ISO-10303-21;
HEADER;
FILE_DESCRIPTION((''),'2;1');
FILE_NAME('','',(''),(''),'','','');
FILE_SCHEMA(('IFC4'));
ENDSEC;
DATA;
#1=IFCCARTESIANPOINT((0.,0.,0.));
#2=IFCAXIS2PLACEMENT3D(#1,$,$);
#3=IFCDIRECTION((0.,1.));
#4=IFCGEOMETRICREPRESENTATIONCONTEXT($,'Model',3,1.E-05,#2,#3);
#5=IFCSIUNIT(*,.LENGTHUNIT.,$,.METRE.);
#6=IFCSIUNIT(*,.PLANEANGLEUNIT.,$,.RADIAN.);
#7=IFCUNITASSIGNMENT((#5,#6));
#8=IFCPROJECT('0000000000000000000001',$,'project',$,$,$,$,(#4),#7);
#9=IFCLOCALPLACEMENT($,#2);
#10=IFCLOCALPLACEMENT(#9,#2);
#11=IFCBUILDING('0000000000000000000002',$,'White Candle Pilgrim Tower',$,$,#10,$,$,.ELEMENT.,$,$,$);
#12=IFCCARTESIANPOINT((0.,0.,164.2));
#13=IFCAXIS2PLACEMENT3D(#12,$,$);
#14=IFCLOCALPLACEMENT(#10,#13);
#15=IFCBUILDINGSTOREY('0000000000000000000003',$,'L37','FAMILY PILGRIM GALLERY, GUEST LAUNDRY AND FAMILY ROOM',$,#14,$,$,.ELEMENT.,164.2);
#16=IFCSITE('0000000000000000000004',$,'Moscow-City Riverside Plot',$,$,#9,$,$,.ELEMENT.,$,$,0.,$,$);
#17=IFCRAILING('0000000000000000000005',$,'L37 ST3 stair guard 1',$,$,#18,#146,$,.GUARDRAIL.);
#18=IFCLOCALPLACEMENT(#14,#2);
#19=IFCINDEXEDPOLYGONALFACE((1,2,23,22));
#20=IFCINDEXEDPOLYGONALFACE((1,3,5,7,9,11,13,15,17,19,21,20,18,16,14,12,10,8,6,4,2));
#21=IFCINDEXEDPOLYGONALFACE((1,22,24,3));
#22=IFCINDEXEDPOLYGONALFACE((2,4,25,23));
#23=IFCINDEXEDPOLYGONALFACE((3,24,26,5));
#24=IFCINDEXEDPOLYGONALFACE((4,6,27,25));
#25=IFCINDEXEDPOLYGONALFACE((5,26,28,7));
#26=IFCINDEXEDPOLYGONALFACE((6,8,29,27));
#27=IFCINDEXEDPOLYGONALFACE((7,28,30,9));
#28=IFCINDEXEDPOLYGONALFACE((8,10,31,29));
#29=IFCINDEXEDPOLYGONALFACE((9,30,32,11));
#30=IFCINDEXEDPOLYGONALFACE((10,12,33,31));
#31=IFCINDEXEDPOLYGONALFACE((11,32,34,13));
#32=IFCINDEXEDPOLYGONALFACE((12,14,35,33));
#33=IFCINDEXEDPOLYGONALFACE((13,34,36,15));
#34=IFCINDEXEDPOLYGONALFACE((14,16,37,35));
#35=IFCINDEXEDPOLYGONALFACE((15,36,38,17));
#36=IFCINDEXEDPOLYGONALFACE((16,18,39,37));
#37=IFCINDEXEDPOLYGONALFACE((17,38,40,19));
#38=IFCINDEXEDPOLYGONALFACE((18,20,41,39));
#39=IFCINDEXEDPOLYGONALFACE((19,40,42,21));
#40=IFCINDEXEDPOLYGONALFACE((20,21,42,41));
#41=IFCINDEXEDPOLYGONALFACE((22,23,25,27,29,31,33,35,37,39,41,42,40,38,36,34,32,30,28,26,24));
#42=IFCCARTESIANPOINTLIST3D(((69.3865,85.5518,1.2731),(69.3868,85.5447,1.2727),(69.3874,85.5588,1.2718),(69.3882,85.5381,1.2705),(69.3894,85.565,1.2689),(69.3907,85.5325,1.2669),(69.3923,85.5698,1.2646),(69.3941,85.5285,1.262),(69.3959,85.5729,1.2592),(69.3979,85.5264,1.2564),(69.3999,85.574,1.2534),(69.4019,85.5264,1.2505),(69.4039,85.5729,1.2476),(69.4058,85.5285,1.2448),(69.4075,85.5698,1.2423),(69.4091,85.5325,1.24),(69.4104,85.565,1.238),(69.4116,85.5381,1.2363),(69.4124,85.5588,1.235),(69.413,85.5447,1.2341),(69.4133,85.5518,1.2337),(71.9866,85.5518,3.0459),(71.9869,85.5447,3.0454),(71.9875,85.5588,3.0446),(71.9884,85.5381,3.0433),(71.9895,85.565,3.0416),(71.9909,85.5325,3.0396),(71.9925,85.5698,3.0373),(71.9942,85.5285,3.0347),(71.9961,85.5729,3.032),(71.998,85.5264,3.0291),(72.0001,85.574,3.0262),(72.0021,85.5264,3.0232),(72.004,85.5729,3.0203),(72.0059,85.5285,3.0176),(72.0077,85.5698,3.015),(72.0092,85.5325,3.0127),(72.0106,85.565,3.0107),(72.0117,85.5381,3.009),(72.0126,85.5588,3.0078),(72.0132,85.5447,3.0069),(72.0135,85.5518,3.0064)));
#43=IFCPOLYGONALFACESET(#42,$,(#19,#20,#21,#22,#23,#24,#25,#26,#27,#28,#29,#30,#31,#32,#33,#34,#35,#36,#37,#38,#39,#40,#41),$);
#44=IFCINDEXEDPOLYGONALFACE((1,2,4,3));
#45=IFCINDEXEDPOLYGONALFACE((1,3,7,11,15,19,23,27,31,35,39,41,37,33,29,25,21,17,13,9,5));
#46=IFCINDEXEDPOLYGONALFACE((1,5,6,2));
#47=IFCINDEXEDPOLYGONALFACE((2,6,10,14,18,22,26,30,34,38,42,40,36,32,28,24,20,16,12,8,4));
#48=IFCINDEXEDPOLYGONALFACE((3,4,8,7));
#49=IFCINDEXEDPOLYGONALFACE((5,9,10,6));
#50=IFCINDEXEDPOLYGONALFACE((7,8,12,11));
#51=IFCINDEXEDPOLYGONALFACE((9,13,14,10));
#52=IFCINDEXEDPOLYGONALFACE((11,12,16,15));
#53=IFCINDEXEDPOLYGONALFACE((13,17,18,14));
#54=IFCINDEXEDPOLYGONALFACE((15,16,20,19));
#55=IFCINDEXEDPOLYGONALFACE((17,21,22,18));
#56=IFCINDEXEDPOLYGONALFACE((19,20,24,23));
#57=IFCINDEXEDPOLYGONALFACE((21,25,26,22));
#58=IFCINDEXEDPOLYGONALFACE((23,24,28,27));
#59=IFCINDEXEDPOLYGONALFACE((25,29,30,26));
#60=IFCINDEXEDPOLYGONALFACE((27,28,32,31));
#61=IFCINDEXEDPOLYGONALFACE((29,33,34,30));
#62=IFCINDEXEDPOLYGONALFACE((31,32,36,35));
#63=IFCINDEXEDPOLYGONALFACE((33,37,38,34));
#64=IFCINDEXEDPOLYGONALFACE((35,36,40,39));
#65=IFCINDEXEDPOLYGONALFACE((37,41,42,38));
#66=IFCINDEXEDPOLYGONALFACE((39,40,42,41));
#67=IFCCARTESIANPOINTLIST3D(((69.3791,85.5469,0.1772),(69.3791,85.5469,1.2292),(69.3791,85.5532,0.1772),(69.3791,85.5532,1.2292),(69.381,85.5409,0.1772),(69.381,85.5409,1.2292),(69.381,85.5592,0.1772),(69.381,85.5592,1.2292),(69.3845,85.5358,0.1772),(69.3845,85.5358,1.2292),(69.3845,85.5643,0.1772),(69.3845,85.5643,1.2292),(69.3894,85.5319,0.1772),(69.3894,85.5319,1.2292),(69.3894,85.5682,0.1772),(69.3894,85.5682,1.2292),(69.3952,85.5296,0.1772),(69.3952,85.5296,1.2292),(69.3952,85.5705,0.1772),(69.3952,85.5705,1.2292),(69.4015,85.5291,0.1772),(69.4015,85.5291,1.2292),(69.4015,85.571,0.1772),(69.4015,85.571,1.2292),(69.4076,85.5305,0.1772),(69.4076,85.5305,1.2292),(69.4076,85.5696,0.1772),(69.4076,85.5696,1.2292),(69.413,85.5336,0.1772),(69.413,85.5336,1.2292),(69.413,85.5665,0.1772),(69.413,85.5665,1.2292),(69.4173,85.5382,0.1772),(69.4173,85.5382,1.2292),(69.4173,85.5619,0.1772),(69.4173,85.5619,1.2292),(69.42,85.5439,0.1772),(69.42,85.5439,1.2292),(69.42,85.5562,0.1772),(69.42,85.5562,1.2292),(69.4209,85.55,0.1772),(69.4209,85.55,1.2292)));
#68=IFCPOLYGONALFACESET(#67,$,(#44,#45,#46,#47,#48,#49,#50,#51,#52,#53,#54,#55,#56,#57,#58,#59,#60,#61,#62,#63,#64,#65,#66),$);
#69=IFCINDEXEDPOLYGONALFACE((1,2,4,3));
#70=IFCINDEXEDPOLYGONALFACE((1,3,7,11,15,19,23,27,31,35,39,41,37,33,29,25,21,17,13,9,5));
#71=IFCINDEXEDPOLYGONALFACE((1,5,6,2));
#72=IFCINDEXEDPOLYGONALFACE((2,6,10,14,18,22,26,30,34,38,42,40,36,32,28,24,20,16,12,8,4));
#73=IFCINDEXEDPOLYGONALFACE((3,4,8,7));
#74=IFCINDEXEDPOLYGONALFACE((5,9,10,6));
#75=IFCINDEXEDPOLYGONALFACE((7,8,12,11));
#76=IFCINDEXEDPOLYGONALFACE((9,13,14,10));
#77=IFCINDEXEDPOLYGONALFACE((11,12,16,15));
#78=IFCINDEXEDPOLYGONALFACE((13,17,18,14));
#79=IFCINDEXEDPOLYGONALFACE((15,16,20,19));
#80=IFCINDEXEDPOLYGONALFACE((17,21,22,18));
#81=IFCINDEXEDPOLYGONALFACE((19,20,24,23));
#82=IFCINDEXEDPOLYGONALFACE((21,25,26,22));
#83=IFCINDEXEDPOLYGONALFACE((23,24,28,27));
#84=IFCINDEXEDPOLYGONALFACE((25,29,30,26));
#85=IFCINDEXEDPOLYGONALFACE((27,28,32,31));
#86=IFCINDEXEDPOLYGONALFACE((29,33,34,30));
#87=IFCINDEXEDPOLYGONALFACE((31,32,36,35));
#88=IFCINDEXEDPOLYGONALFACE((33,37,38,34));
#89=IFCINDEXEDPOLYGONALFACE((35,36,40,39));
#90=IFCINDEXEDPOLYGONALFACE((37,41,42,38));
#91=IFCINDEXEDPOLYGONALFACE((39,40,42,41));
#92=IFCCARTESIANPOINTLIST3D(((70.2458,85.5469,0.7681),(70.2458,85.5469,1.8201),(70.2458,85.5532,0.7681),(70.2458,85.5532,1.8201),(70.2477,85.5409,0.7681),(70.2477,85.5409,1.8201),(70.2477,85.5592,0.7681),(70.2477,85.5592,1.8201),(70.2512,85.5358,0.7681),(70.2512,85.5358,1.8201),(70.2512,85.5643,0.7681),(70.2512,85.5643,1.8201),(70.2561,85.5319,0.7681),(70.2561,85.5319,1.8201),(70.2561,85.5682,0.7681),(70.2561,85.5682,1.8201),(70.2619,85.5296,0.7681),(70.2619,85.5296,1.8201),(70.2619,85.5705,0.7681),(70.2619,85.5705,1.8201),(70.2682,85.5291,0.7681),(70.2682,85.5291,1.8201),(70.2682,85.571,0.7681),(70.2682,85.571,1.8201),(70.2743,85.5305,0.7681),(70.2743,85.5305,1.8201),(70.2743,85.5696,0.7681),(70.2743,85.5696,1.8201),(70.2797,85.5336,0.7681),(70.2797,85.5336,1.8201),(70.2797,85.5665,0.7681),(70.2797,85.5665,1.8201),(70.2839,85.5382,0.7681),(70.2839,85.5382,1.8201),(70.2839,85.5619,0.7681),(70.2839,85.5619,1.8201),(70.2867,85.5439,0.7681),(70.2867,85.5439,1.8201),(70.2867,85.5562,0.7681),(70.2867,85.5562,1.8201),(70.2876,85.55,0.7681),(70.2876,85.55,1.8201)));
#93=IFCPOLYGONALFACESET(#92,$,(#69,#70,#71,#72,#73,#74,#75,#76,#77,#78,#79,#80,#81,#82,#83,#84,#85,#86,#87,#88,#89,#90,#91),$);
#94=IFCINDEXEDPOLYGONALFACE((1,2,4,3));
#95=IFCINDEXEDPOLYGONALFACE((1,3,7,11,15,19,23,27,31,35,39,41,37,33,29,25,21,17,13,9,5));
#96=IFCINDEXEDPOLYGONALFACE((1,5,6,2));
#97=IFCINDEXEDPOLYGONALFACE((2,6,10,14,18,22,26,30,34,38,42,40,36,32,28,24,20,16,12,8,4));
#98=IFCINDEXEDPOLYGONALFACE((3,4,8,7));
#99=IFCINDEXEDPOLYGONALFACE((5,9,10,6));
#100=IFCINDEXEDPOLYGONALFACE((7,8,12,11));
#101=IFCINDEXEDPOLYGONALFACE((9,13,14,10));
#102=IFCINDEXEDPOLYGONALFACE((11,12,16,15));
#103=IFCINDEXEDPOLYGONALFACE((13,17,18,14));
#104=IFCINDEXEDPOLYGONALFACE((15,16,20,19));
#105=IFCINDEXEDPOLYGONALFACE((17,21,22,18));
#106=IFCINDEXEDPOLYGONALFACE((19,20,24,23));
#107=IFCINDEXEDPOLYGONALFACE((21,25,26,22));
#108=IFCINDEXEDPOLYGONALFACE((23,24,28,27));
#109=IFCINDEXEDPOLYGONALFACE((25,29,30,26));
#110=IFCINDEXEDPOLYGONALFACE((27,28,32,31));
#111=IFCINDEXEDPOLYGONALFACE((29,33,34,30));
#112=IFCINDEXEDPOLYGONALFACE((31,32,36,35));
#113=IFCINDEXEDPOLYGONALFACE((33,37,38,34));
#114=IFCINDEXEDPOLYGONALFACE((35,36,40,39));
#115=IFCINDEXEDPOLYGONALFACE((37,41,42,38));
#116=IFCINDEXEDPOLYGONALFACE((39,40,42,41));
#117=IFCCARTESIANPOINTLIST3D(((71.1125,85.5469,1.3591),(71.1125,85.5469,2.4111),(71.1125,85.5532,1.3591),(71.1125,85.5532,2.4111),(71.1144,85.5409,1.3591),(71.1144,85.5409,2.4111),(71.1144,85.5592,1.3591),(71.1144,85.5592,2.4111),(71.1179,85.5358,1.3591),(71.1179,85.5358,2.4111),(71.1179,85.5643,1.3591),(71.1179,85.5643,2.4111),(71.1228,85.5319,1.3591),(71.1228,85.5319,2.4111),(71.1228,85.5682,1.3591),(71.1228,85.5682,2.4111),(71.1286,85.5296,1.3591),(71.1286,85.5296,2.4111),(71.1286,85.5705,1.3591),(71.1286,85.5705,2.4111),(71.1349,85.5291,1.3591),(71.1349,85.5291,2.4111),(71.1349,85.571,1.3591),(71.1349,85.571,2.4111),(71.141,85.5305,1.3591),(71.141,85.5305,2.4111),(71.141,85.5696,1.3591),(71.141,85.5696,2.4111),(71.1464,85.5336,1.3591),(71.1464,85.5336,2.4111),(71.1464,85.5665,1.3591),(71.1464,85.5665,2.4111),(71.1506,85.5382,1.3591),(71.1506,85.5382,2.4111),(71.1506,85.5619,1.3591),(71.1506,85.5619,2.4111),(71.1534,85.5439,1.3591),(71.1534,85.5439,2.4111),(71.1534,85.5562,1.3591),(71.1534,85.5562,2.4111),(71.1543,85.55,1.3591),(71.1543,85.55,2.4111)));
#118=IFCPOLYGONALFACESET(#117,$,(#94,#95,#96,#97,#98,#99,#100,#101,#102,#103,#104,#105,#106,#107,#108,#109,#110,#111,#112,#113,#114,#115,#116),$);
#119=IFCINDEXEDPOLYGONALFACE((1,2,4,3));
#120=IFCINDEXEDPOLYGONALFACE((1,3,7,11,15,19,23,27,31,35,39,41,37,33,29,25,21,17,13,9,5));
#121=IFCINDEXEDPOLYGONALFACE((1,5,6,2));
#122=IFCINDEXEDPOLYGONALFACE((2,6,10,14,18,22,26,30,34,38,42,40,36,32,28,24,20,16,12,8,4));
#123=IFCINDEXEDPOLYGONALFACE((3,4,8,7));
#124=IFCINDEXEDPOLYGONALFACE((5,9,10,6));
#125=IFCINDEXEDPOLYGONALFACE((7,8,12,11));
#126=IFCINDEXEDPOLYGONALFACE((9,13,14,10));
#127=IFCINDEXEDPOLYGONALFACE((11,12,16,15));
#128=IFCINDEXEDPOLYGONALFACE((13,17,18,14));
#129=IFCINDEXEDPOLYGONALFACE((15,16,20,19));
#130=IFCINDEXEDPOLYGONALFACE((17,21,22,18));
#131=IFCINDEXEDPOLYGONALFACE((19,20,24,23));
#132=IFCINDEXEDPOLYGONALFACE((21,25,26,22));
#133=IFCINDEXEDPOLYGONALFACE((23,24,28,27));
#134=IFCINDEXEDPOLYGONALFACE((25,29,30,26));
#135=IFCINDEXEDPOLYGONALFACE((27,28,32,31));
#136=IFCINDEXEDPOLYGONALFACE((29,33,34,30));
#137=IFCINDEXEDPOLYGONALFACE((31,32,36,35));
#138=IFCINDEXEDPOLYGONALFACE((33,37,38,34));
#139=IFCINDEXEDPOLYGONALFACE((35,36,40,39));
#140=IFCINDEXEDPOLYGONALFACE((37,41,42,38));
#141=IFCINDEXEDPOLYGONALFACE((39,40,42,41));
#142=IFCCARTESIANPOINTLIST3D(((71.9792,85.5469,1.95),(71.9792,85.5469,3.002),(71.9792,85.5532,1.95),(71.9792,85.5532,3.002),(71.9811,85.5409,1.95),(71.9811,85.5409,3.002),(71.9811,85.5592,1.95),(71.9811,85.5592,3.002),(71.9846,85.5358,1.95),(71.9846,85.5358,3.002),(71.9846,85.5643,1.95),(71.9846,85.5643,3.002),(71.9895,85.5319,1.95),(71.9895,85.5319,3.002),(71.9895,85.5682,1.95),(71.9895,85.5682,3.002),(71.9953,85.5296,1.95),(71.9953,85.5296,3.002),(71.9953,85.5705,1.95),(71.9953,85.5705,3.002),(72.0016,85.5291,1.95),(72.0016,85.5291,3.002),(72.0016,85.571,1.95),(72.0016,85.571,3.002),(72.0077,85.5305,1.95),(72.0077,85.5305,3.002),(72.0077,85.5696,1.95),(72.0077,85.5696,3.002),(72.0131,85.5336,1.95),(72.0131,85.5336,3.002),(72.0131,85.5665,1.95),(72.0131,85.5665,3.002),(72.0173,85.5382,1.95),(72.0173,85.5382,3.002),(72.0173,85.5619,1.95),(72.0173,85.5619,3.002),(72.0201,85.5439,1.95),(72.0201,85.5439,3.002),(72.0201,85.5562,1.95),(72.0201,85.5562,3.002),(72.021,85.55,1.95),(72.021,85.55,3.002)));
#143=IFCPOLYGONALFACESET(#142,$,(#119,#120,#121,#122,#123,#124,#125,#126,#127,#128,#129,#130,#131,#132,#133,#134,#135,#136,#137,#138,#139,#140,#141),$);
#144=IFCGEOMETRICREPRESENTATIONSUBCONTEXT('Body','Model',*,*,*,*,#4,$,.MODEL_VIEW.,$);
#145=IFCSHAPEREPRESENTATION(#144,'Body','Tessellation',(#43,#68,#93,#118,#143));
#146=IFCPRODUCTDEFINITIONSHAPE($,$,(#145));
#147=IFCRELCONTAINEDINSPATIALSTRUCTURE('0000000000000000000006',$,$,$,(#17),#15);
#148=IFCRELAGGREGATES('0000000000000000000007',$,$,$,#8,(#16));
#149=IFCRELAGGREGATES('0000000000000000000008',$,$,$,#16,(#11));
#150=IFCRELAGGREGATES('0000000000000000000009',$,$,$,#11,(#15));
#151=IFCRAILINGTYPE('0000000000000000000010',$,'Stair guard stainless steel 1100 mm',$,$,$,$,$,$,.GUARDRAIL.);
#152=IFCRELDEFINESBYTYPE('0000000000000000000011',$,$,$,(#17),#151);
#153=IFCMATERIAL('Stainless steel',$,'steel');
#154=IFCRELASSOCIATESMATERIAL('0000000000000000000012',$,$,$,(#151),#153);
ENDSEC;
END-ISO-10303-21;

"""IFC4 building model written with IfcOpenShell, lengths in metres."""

from ifc_helpers import new_model, si_unit, direction, frame, origin, origin_2d, place, context, subcontext, project, spatial, circle, extrude, material, type_object, element, save


model = new_model("IFC4")

# Units and contexts
model_context = context("Model", 3, precision=1e-05, world=origin(), true_north=direction((0.0, 1.0)))
body_context = subcontext(model_context, "Body", "Model", "MODEL_VIEW")
ifc_project = project(units=[si_unit("LENGTHUNIT", "METRE"), si_unit("PLANEANGLEUNIT", "RADIAN")], contexts=[model_context])

# Site, building, storey
site_placement = place(None, origin())
site = spatial("IfcSite", under=ifc_project, at=site_placement, Name="Moscow-City Riverside Plot", CompositionType="ELEMENT", RefElevation=0.0)
building_placement = place(site_placement, origin())
building = spatial("IfcBuilding", under=site, at=building_placement, Name="White Candle Pilgrim Tower", CompositionType="ELEMENT")
storey_placement = place(building_placement, frame((0.0, 0.0, 164.2)))
storey = spatial("IfcBuildingStorey", under=building, at=storey_placement, Name="L37", Description="FAMILY PILGRIM GALLERY, GUEST LAUNDRY AND FAMILY ROOM", CompositionType="ELEMENT", Elevation=164.2)

# Shared definitions
ifc_material_1 = material(Name="Stainless steel", Category="steel")

# Railing
railing_type_1 = type_object("IfcRailingType", Name="Stair guard stainless steel 1100 mm", PredefinedType="GUARDRAIL", material=ifc_material_1)
railing_1_placement = place(storey_placement, frame((69.3999, 85.55, 0.1772)))
element("IfcRailing", 1, at=railing_1_placement, inside=storey, type_object=railing_type_1, Name="L37 ST3 stair guard 1", PredefinedType="GUARDRAIL", context=body_context, shape_type="SweptSolid", body=[
    extrude(circle(Radius=0.0239, at=origin_2d()), frame((0.0, 0.0, 1.0762), z_axis=(0.82624, 0.0, 0.563318), x_axis=(0.0, 1.0, 0.0)), (0.0, 0.0, 1.0), 3.147),
    extrude(circle(Radius=0.021, at=origin_2d()), origin(), (0.0, 0.0, 1.0), 1.052),
    extrude(circle(Radius=0.021, at=origin_2d()), frame((0.8667, 0.0, 0.5908)), (0.0, 0.0, 1.0), 1.052),
    extrude(circle(Radius=0.021, at=origin_2d()), frame((1.7334, 0.0, 1.1819)), (0.0, 0.0, 1.0), 1.052),
    extrude(circle(Radius=0.021, at=origin_2d()), frame((2.6001, 0.0, 1.7727)), (0.0, 0.0, 1.0), 1.052),
])

save(model, "model.ifc")
